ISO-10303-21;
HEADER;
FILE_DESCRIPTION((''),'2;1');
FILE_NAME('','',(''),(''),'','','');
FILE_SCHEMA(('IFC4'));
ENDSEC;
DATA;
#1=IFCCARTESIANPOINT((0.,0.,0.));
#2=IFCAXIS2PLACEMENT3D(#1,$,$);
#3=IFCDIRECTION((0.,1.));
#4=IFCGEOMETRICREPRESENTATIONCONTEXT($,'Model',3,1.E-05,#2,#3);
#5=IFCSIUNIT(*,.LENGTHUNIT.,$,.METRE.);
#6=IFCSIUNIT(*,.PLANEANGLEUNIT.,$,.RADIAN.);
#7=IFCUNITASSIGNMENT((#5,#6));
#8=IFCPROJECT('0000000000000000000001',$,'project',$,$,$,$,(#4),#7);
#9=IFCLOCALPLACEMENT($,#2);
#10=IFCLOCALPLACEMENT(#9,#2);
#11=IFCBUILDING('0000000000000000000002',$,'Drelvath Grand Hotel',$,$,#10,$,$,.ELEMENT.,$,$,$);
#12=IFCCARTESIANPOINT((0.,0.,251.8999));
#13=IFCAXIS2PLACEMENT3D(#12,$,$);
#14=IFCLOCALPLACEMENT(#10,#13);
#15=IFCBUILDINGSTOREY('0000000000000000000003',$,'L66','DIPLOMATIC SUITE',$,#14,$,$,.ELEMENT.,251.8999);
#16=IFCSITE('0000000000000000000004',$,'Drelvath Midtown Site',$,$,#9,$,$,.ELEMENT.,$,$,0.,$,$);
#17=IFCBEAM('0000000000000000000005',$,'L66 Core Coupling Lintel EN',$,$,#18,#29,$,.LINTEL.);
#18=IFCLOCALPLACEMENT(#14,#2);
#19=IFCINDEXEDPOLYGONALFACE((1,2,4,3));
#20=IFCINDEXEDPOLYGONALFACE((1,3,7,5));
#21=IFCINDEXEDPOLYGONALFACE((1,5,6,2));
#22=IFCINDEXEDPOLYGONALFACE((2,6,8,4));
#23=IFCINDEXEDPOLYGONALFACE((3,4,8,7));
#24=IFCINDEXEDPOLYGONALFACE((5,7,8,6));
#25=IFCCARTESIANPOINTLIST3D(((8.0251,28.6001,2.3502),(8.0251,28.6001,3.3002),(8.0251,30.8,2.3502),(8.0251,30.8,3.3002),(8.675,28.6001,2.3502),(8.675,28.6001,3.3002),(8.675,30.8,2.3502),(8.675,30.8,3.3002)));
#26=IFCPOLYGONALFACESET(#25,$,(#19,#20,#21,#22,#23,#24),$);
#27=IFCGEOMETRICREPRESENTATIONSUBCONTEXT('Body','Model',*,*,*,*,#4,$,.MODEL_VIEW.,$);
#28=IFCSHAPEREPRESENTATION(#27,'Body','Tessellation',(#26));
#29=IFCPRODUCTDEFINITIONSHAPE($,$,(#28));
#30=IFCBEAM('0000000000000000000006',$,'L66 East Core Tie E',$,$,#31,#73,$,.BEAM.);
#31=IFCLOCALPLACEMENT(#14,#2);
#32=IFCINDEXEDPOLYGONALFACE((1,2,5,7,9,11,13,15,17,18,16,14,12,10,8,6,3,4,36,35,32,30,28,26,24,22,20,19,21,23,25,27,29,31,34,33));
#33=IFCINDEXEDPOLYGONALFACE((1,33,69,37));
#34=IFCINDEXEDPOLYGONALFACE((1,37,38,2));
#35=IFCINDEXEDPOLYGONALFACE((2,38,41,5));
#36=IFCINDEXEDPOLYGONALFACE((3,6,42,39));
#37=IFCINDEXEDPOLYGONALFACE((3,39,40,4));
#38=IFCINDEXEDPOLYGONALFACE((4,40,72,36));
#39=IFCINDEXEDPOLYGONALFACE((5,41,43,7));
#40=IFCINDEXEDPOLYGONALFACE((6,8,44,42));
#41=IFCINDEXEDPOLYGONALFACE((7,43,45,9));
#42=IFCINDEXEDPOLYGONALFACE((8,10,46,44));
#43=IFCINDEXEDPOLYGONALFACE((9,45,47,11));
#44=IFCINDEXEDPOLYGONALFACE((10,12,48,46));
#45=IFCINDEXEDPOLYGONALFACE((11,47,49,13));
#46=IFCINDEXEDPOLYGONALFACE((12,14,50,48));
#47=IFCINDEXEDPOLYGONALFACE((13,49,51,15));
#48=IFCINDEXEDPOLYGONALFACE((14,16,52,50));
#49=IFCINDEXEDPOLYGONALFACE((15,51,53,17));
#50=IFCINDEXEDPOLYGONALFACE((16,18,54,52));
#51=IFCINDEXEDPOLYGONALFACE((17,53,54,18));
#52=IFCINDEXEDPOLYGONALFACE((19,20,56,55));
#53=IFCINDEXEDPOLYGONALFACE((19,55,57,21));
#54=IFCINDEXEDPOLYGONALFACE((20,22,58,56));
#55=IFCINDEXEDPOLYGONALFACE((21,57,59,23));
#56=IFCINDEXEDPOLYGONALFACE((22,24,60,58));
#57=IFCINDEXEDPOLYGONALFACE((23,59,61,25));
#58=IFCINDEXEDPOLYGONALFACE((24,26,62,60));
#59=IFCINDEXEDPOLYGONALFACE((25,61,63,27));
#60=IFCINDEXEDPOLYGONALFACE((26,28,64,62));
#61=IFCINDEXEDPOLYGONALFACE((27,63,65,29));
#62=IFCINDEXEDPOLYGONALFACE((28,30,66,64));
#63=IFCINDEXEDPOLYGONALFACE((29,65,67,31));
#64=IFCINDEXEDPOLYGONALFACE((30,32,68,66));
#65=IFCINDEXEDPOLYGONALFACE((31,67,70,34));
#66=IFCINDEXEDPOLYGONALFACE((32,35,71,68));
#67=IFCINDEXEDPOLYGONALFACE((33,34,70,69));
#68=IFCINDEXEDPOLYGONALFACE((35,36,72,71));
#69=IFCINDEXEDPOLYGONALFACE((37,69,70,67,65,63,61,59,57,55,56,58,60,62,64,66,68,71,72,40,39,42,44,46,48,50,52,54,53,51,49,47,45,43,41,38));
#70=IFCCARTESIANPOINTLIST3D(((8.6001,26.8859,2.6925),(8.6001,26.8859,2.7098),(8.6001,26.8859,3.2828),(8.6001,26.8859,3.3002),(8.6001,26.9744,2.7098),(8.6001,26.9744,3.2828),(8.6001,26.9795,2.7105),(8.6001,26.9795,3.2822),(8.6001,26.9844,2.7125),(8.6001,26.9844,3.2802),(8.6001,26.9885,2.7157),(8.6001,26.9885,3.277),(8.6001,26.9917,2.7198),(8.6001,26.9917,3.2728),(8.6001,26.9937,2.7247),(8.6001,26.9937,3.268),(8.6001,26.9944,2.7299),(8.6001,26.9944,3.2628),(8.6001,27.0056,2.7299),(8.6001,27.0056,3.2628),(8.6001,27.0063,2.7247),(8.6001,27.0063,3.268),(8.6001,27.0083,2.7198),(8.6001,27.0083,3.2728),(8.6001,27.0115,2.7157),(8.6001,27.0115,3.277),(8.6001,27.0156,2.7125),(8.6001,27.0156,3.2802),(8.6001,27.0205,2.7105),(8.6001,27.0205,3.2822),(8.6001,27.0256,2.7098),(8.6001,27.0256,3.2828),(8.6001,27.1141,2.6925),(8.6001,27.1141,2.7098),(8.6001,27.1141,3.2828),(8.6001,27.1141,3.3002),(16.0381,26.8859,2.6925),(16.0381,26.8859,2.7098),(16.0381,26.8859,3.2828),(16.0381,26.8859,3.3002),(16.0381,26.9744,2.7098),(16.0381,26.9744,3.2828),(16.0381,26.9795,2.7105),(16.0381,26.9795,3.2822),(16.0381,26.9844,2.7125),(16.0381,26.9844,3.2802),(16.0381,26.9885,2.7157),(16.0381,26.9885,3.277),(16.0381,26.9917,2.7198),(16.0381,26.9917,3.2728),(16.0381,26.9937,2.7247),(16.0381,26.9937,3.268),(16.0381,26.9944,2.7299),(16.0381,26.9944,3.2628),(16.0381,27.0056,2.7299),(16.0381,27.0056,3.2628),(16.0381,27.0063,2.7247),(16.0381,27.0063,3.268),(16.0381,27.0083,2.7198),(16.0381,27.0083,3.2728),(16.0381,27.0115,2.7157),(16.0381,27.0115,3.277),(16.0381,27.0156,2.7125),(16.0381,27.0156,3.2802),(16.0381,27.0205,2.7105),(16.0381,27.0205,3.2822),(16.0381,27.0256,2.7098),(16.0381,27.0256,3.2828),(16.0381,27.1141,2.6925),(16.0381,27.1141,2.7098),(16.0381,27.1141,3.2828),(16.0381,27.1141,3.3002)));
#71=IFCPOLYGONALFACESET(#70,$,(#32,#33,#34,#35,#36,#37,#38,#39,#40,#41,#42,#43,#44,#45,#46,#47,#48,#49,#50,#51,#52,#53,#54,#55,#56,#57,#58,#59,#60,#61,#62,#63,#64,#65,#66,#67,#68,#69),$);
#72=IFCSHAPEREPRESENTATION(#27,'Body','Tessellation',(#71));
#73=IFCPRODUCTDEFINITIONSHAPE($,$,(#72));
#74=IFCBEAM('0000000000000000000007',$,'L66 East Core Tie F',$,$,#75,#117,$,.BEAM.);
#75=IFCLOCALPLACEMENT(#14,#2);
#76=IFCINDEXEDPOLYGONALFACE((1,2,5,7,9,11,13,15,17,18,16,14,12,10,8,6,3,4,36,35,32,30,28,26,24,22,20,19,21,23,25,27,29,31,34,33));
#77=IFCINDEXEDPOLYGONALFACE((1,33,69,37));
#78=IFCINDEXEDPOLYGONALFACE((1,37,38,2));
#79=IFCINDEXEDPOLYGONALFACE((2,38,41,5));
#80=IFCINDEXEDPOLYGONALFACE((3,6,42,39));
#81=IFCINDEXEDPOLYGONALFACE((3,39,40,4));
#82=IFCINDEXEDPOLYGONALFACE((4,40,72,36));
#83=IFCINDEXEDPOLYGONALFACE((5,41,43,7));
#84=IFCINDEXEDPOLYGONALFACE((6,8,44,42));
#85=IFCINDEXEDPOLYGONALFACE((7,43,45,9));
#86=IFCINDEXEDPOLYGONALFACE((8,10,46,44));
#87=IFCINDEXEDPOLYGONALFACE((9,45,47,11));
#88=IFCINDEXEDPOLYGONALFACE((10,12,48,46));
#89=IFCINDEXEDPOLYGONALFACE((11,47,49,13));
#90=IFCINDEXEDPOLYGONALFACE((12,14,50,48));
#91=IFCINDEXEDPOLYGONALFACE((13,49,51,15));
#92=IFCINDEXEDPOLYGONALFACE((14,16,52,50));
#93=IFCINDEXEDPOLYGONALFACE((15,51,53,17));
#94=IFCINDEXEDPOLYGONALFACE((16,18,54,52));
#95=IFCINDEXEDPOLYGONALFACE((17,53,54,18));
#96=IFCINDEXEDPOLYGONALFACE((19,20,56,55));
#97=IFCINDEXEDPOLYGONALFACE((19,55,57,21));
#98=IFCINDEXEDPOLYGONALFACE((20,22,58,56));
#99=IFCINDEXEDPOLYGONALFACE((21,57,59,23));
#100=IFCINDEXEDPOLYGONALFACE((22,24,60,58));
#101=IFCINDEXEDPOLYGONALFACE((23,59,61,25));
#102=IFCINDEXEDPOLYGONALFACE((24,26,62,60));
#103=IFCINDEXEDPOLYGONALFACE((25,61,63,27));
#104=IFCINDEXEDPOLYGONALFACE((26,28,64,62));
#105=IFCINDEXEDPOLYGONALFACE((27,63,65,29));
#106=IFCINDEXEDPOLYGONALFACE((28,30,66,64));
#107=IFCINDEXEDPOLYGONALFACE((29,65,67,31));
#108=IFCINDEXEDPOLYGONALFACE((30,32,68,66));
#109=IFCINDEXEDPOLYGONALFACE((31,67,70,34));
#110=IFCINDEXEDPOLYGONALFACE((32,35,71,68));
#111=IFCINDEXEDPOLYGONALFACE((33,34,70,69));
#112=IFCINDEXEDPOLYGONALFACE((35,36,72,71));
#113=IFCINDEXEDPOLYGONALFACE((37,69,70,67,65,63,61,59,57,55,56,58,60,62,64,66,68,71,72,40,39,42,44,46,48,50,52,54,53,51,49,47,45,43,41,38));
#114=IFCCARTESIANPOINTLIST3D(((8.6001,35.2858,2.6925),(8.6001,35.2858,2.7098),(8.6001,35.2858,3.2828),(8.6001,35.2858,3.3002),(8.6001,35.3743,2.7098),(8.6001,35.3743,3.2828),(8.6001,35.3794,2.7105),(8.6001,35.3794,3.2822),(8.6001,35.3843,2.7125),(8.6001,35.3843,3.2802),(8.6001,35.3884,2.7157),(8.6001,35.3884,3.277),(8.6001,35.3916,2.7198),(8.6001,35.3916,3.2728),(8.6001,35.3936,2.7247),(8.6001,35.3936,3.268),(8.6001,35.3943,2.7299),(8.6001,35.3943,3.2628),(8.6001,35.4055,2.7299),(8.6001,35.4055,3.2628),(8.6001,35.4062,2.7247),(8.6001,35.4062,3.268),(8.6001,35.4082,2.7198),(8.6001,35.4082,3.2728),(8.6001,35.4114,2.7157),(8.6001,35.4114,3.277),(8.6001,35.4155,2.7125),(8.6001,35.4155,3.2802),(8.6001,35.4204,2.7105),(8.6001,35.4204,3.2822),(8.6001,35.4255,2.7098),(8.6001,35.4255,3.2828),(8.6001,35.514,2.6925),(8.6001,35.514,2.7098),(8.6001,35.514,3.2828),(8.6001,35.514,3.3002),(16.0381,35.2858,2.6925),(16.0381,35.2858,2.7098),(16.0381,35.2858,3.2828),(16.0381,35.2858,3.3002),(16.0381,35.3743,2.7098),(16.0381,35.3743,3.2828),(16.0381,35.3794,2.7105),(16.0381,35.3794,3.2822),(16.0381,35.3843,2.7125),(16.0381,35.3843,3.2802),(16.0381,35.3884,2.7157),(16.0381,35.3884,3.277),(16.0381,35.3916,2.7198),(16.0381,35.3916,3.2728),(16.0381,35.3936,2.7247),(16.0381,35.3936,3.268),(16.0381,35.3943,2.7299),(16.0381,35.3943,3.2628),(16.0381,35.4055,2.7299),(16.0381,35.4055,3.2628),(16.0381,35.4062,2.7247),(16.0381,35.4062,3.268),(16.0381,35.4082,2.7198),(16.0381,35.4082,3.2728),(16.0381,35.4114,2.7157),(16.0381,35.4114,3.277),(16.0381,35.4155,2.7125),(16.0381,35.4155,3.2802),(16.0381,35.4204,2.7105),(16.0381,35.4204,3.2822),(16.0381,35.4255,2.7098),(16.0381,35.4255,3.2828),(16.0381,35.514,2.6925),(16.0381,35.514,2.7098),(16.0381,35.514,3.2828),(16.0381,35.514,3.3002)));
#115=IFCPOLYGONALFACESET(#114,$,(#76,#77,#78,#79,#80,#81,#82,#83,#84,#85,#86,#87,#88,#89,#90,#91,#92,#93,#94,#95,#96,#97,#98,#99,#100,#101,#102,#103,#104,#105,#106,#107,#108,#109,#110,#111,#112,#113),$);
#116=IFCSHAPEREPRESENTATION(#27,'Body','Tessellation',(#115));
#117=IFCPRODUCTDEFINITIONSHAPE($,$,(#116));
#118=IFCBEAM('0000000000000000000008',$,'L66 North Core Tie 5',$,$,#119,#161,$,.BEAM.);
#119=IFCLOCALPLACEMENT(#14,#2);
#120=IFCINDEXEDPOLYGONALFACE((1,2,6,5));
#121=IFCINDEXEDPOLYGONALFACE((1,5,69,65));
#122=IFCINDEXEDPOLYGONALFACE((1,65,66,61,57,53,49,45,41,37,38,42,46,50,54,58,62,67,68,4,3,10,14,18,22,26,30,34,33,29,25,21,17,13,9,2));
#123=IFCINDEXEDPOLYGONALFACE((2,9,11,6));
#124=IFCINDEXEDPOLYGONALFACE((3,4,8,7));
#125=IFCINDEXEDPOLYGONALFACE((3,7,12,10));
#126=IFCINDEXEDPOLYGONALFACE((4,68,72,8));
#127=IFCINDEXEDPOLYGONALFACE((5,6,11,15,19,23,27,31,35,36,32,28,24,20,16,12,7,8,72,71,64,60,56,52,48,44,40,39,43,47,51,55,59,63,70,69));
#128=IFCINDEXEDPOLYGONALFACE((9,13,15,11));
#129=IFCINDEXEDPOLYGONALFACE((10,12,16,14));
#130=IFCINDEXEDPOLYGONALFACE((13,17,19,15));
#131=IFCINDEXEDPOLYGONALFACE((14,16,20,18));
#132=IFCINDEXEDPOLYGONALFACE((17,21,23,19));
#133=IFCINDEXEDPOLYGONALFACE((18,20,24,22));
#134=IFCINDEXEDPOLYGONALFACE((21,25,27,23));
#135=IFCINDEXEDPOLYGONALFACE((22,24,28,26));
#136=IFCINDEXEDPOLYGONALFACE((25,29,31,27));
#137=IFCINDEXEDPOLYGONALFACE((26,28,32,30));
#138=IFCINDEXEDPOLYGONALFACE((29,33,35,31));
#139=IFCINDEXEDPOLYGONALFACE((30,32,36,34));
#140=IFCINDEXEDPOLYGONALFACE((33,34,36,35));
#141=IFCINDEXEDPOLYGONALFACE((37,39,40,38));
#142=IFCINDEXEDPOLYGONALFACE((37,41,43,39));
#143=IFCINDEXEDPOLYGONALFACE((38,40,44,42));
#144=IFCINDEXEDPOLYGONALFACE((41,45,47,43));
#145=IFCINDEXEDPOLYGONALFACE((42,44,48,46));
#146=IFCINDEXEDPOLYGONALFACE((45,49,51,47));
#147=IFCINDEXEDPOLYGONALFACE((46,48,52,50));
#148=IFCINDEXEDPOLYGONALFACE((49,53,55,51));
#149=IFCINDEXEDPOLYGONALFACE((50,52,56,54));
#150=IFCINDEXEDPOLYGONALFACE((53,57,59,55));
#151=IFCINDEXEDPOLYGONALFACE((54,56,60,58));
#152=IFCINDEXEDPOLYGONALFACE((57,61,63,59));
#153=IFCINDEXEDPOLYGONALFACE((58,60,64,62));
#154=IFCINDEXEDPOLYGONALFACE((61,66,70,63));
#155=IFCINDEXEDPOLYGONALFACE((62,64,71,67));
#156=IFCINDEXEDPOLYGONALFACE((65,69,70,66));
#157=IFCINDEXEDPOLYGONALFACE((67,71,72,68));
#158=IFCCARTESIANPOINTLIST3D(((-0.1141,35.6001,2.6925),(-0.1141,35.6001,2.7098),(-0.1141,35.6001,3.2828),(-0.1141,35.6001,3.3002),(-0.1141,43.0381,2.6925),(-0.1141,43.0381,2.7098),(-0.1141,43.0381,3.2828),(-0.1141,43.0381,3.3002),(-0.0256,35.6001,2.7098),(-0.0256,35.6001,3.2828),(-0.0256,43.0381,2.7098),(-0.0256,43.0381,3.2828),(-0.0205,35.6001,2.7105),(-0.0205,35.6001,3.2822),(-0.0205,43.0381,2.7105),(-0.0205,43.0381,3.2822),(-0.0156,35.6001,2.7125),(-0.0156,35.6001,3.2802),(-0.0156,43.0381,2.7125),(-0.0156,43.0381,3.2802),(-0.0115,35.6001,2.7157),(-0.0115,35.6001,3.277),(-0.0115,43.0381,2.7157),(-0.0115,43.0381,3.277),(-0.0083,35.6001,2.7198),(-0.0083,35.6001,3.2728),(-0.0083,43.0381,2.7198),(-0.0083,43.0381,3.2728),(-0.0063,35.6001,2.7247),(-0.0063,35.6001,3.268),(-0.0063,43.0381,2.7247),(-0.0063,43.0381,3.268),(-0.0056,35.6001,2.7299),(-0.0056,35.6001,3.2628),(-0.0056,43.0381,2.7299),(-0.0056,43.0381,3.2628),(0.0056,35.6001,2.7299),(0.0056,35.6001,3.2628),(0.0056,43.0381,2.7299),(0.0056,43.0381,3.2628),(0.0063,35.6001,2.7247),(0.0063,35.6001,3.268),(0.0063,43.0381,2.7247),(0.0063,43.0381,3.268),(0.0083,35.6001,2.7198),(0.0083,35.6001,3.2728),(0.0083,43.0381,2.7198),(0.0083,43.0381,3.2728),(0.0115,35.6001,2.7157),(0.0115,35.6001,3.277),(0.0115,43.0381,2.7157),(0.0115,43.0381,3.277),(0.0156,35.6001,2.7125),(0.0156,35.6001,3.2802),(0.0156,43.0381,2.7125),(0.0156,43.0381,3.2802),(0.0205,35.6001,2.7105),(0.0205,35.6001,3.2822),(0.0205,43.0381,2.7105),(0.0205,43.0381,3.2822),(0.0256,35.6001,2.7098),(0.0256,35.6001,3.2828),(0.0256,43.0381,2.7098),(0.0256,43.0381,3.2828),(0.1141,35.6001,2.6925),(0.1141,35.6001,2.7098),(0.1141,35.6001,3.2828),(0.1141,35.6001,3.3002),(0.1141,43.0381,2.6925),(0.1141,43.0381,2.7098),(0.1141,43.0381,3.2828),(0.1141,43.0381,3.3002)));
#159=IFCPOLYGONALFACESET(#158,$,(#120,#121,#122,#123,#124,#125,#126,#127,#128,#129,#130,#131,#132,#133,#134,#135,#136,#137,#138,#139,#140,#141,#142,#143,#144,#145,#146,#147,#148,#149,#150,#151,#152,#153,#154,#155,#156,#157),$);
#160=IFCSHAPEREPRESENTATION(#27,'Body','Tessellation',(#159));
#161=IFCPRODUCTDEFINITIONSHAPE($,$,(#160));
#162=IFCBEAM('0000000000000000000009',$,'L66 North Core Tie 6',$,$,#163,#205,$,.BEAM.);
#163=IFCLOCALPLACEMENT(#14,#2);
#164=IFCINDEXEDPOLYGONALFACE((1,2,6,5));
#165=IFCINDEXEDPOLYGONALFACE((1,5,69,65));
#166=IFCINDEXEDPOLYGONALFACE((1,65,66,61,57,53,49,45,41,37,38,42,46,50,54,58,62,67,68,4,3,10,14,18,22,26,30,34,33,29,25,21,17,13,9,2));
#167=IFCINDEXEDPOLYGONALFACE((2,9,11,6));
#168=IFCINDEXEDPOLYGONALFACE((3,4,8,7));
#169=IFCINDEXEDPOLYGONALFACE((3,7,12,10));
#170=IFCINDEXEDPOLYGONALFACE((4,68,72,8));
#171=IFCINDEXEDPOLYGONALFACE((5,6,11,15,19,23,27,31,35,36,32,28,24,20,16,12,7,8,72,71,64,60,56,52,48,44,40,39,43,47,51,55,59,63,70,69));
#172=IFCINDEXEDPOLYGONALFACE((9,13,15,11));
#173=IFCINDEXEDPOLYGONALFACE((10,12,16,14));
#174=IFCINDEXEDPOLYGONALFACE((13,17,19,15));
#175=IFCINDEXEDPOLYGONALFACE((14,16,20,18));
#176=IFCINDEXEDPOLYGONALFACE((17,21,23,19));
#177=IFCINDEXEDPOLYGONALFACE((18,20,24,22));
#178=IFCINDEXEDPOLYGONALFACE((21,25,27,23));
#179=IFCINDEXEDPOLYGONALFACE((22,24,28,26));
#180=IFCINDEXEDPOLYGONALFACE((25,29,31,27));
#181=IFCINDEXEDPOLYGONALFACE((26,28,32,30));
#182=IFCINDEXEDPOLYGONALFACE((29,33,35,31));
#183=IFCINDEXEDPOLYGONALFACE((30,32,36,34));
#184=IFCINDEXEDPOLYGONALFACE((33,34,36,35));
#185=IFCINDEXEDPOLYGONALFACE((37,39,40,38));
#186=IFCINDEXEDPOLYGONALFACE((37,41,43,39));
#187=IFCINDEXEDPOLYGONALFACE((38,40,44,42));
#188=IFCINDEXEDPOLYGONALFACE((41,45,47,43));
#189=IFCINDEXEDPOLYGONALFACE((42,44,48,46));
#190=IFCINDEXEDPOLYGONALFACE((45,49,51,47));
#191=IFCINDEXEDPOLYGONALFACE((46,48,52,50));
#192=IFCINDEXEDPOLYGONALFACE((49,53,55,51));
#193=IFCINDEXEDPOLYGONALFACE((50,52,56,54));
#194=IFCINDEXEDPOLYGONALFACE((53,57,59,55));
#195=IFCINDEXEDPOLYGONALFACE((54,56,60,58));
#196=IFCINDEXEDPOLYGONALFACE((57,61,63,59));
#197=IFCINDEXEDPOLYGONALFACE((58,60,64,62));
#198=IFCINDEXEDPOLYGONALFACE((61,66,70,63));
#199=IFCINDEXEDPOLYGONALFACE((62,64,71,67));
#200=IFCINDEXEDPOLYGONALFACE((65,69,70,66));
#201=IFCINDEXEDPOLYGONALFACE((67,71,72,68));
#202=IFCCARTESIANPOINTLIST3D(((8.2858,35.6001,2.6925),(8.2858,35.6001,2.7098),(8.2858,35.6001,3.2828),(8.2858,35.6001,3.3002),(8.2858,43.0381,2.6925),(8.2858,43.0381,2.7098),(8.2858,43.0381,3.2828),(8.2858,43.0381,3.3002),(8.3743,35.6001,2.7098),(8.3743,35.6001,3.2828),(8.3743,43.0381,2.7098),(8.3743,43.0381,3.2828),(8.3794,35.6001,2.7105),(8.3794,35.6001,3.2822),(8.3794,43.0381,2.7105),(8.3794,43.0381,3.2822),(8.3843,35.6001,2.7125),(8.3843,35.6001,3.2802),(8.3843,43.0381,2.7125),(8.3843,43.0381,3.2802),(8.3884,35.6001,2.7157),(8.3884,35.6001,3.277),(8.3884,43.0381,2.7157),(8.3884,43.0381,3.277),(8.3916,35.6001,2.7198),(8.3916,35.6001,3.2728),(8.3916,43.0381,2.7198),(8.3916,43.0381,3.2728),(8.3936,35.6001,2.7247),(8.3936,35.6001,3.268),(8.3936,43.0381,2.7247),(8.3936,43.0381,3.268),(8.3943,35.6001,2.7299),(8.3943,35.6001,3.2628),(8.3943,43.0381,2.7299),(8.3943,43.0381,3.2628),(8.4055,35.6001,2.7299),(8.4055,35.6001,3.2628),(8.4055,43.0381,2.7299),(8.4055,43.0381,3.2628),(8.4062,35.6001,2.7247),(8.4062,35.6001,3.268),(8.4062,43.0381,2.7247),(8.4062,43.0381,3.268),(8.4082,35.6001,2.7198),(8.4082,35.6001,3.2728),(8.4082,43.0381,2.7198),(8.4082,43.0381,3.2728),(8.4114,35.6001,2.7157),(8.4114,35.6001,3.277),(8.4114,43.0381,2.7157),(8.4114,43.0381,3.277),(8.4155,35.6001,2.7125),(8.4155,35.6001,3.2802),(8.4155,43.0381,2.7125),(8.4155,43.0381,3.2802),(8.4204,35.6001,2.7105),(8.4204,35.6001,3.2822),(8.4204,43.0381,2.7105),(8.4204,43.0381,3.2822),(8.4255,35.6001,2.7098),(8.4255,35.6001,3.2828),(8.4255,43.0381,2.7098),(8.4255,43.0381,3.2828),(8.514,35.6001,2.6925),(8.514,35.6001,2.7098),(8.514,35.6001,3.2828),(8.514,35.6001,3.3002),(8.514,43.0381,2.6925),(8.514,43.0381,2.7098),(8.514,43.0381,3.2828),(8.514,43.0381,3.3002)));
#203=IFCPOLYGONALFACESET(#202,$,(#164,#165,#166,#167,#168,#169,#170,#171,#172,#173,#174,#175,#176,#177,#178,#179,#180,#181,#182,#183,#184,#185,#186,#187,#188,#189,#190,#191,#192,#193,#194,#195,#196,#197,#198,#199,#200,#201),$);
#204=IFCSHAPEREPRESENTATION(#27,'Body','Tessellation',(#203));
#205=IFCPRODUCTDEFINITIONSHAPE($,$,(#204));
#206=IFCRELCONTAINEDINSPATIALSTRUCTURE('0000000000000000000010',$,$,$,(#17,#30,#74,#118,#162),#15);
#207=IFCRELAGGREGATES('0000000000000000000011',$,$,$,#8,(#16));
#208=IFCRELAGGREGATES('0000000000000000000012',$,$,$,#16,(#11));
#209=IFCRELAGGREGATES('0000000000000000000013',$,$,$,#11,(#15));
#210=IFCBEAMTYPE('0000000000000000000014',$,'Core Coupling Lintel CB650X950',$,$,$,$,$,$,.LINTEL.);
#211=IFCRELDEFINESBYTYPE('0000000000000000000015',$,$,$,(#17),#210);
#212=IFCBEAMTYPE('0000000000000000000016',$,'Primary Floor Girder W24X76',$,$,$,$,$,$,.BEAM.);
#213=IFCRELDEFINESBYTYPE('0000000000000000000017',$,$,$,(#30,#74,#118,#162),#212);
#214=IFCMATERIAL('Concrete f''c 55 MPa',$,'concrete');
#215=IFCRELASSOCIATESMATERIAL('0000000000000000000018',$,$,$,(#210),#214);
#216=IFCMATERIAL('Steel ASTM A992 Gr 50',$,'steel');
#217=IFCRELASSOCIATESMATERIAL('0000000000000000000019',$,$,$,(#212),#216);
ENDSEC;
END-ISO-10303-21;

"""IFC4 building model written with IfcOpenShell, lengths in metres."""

from ifc_helpers import new_model, si_unit, direction, frame, origin, origin_2d, place, context, subcontext, project, spatial, rectangle, i_section, extrude, material, material_profile, profile_set, type_object, element, save


model = new_model("IFC4")

# Units and contexts
model_context = context("Model", 3, precision=1e-05, world=origin(), true_north=direction((0.0, 1.0)))
body_context = subcontext(model_context, "Body", "Model", "MODEL_VIEW")
ifc_project = project(units=[si_unit("LENGTHUNIT", "METRE"), si_unit("PLANEANGLEUNIT", "RADIAN")], contexts=[model_context])

# Site, building, storey
site_placement = place(None, origin())
site = spatial("IfcSite", under=ifc_project, at=site_placement, Name="Drelvath Midtown Site", CompositionType="ELEMENT", RefElevation=0.0)
building_placement = place(site_placement, origin())
building = spatial("IfcBuilding", under=site, at=building_placement, Name="Drelvath Grand Hotel", CompositionType="ELEMENT")
storey_placement = place(building_placement, frame((0.0, 0.0, 251.8999)))
storey = spatial("IfcBuildingStorey", under=building, at=storey_placement, Name="L66", Description="DIPLOMATIC SUITE", CompositionType="ELEMENT", Elevation=251.8999)

# Beams
ifc_material_1 = material(Name="Concrete f'c 55 MPa", Category="concrete")
ifc_material_profile_1 = material_profile(ifc_material_1, rectangle(XDim=0.6499, YDim=0.95, at=origin_2d()), Name="CB650X950")
ifc_profile_set_1 = profile_set([ifc_material_profile_1], Name="Concrete f'c 55 MPa")
beam_type_1 = type_object("IfcBeamType", Name="Core Coupling Lintel CB650X950", PredefinedType="LINTEL", material=ifc_profile_set_1)
beam_placement = place(storey_placement, frame((8.3501, 28.6001, 2.8252), z_axis=(0.0, 1.0, 0.0), x_axis=(-1.0, 0.0, 0.0)))
element("IfcBeam", 1, at=beam_placement, inside=storey, type_object=beam_type_1, Name="L66 Core Coupling Lintel EN", PredefinedType="LINTEL", context=body_context, shape_type="SweptSolid", body=[
    extrude(rectangle(XDim=0.6499, YDim=0.95, at=origin_2d()), origin(), (0.0, 0.0, 1.0), 2.2),
])
ifc_material_2 = material(Name="Steel ASTM A992 Gr 50", Category="steel")
ifc_material_profile_2 = material_profile(ifc_material_2, i_section(OverallWidth=0.2283, OverallDepth=0.6077, WebThickness=0.0112, FlangeThickness=0.0173, FilletRadius=0.02, at=origin_2d()), Name="W24X76")
ifc_profile_set_2 = profile_set([ifc_material_profile_2], Name="Steel ASTM A992 Gr 50")
beam_type_2 = type_object("IfcBeamType", Name="Primary Floor Girder W24X76", PredefinedType="BEAM", material=ifc_profile_set_2)
for number, where, z_axis, x_axis, name in (
    (2, (8.6001, 27.0, 2.9963), (1.0, 0.0, 0.0), (0.0, 1.0, 0.0), "L66 East Core Tie E"),
    (3, (8.6001, 35.3999, 2.9963), (1.0, 0.0, 0.0), (0.0, 1.0, 0.0), "L66 East Core Tie F"),
    (4, (0.0, 35.6001, 2.9963), (0.0, 1.0, 0.0), (-1.0, 0.0, 0.0), "L66 North Core Tie 5"),
    (5, (8.3999, 35.6001, 2.9963), (0.0, 1.0, 0.0), (-1.0, 0.0, 0.0), "L66 North Core Tie 6"),
):
    element("IfcBeam", number, at=place(storey_placement, frame(where, z_axis=z_axis, x_axis=x_axis)), inside=storey, type_object=beam_type_2, Name=name, PredefinedType="BEAM", context=body_context, shape_type="SweptSolid", body=[
        extrude(i_section(OverallWidth=0.2283, OverallDepth=0.6077, WebThickness=0.0112, FlangeThickness=0.0173, FilletRadius=0.02, at=origin_2d()), origin(), (0.0, 0.0, 1.0), 7.438),
    ])

save(model, "model.ifc")
